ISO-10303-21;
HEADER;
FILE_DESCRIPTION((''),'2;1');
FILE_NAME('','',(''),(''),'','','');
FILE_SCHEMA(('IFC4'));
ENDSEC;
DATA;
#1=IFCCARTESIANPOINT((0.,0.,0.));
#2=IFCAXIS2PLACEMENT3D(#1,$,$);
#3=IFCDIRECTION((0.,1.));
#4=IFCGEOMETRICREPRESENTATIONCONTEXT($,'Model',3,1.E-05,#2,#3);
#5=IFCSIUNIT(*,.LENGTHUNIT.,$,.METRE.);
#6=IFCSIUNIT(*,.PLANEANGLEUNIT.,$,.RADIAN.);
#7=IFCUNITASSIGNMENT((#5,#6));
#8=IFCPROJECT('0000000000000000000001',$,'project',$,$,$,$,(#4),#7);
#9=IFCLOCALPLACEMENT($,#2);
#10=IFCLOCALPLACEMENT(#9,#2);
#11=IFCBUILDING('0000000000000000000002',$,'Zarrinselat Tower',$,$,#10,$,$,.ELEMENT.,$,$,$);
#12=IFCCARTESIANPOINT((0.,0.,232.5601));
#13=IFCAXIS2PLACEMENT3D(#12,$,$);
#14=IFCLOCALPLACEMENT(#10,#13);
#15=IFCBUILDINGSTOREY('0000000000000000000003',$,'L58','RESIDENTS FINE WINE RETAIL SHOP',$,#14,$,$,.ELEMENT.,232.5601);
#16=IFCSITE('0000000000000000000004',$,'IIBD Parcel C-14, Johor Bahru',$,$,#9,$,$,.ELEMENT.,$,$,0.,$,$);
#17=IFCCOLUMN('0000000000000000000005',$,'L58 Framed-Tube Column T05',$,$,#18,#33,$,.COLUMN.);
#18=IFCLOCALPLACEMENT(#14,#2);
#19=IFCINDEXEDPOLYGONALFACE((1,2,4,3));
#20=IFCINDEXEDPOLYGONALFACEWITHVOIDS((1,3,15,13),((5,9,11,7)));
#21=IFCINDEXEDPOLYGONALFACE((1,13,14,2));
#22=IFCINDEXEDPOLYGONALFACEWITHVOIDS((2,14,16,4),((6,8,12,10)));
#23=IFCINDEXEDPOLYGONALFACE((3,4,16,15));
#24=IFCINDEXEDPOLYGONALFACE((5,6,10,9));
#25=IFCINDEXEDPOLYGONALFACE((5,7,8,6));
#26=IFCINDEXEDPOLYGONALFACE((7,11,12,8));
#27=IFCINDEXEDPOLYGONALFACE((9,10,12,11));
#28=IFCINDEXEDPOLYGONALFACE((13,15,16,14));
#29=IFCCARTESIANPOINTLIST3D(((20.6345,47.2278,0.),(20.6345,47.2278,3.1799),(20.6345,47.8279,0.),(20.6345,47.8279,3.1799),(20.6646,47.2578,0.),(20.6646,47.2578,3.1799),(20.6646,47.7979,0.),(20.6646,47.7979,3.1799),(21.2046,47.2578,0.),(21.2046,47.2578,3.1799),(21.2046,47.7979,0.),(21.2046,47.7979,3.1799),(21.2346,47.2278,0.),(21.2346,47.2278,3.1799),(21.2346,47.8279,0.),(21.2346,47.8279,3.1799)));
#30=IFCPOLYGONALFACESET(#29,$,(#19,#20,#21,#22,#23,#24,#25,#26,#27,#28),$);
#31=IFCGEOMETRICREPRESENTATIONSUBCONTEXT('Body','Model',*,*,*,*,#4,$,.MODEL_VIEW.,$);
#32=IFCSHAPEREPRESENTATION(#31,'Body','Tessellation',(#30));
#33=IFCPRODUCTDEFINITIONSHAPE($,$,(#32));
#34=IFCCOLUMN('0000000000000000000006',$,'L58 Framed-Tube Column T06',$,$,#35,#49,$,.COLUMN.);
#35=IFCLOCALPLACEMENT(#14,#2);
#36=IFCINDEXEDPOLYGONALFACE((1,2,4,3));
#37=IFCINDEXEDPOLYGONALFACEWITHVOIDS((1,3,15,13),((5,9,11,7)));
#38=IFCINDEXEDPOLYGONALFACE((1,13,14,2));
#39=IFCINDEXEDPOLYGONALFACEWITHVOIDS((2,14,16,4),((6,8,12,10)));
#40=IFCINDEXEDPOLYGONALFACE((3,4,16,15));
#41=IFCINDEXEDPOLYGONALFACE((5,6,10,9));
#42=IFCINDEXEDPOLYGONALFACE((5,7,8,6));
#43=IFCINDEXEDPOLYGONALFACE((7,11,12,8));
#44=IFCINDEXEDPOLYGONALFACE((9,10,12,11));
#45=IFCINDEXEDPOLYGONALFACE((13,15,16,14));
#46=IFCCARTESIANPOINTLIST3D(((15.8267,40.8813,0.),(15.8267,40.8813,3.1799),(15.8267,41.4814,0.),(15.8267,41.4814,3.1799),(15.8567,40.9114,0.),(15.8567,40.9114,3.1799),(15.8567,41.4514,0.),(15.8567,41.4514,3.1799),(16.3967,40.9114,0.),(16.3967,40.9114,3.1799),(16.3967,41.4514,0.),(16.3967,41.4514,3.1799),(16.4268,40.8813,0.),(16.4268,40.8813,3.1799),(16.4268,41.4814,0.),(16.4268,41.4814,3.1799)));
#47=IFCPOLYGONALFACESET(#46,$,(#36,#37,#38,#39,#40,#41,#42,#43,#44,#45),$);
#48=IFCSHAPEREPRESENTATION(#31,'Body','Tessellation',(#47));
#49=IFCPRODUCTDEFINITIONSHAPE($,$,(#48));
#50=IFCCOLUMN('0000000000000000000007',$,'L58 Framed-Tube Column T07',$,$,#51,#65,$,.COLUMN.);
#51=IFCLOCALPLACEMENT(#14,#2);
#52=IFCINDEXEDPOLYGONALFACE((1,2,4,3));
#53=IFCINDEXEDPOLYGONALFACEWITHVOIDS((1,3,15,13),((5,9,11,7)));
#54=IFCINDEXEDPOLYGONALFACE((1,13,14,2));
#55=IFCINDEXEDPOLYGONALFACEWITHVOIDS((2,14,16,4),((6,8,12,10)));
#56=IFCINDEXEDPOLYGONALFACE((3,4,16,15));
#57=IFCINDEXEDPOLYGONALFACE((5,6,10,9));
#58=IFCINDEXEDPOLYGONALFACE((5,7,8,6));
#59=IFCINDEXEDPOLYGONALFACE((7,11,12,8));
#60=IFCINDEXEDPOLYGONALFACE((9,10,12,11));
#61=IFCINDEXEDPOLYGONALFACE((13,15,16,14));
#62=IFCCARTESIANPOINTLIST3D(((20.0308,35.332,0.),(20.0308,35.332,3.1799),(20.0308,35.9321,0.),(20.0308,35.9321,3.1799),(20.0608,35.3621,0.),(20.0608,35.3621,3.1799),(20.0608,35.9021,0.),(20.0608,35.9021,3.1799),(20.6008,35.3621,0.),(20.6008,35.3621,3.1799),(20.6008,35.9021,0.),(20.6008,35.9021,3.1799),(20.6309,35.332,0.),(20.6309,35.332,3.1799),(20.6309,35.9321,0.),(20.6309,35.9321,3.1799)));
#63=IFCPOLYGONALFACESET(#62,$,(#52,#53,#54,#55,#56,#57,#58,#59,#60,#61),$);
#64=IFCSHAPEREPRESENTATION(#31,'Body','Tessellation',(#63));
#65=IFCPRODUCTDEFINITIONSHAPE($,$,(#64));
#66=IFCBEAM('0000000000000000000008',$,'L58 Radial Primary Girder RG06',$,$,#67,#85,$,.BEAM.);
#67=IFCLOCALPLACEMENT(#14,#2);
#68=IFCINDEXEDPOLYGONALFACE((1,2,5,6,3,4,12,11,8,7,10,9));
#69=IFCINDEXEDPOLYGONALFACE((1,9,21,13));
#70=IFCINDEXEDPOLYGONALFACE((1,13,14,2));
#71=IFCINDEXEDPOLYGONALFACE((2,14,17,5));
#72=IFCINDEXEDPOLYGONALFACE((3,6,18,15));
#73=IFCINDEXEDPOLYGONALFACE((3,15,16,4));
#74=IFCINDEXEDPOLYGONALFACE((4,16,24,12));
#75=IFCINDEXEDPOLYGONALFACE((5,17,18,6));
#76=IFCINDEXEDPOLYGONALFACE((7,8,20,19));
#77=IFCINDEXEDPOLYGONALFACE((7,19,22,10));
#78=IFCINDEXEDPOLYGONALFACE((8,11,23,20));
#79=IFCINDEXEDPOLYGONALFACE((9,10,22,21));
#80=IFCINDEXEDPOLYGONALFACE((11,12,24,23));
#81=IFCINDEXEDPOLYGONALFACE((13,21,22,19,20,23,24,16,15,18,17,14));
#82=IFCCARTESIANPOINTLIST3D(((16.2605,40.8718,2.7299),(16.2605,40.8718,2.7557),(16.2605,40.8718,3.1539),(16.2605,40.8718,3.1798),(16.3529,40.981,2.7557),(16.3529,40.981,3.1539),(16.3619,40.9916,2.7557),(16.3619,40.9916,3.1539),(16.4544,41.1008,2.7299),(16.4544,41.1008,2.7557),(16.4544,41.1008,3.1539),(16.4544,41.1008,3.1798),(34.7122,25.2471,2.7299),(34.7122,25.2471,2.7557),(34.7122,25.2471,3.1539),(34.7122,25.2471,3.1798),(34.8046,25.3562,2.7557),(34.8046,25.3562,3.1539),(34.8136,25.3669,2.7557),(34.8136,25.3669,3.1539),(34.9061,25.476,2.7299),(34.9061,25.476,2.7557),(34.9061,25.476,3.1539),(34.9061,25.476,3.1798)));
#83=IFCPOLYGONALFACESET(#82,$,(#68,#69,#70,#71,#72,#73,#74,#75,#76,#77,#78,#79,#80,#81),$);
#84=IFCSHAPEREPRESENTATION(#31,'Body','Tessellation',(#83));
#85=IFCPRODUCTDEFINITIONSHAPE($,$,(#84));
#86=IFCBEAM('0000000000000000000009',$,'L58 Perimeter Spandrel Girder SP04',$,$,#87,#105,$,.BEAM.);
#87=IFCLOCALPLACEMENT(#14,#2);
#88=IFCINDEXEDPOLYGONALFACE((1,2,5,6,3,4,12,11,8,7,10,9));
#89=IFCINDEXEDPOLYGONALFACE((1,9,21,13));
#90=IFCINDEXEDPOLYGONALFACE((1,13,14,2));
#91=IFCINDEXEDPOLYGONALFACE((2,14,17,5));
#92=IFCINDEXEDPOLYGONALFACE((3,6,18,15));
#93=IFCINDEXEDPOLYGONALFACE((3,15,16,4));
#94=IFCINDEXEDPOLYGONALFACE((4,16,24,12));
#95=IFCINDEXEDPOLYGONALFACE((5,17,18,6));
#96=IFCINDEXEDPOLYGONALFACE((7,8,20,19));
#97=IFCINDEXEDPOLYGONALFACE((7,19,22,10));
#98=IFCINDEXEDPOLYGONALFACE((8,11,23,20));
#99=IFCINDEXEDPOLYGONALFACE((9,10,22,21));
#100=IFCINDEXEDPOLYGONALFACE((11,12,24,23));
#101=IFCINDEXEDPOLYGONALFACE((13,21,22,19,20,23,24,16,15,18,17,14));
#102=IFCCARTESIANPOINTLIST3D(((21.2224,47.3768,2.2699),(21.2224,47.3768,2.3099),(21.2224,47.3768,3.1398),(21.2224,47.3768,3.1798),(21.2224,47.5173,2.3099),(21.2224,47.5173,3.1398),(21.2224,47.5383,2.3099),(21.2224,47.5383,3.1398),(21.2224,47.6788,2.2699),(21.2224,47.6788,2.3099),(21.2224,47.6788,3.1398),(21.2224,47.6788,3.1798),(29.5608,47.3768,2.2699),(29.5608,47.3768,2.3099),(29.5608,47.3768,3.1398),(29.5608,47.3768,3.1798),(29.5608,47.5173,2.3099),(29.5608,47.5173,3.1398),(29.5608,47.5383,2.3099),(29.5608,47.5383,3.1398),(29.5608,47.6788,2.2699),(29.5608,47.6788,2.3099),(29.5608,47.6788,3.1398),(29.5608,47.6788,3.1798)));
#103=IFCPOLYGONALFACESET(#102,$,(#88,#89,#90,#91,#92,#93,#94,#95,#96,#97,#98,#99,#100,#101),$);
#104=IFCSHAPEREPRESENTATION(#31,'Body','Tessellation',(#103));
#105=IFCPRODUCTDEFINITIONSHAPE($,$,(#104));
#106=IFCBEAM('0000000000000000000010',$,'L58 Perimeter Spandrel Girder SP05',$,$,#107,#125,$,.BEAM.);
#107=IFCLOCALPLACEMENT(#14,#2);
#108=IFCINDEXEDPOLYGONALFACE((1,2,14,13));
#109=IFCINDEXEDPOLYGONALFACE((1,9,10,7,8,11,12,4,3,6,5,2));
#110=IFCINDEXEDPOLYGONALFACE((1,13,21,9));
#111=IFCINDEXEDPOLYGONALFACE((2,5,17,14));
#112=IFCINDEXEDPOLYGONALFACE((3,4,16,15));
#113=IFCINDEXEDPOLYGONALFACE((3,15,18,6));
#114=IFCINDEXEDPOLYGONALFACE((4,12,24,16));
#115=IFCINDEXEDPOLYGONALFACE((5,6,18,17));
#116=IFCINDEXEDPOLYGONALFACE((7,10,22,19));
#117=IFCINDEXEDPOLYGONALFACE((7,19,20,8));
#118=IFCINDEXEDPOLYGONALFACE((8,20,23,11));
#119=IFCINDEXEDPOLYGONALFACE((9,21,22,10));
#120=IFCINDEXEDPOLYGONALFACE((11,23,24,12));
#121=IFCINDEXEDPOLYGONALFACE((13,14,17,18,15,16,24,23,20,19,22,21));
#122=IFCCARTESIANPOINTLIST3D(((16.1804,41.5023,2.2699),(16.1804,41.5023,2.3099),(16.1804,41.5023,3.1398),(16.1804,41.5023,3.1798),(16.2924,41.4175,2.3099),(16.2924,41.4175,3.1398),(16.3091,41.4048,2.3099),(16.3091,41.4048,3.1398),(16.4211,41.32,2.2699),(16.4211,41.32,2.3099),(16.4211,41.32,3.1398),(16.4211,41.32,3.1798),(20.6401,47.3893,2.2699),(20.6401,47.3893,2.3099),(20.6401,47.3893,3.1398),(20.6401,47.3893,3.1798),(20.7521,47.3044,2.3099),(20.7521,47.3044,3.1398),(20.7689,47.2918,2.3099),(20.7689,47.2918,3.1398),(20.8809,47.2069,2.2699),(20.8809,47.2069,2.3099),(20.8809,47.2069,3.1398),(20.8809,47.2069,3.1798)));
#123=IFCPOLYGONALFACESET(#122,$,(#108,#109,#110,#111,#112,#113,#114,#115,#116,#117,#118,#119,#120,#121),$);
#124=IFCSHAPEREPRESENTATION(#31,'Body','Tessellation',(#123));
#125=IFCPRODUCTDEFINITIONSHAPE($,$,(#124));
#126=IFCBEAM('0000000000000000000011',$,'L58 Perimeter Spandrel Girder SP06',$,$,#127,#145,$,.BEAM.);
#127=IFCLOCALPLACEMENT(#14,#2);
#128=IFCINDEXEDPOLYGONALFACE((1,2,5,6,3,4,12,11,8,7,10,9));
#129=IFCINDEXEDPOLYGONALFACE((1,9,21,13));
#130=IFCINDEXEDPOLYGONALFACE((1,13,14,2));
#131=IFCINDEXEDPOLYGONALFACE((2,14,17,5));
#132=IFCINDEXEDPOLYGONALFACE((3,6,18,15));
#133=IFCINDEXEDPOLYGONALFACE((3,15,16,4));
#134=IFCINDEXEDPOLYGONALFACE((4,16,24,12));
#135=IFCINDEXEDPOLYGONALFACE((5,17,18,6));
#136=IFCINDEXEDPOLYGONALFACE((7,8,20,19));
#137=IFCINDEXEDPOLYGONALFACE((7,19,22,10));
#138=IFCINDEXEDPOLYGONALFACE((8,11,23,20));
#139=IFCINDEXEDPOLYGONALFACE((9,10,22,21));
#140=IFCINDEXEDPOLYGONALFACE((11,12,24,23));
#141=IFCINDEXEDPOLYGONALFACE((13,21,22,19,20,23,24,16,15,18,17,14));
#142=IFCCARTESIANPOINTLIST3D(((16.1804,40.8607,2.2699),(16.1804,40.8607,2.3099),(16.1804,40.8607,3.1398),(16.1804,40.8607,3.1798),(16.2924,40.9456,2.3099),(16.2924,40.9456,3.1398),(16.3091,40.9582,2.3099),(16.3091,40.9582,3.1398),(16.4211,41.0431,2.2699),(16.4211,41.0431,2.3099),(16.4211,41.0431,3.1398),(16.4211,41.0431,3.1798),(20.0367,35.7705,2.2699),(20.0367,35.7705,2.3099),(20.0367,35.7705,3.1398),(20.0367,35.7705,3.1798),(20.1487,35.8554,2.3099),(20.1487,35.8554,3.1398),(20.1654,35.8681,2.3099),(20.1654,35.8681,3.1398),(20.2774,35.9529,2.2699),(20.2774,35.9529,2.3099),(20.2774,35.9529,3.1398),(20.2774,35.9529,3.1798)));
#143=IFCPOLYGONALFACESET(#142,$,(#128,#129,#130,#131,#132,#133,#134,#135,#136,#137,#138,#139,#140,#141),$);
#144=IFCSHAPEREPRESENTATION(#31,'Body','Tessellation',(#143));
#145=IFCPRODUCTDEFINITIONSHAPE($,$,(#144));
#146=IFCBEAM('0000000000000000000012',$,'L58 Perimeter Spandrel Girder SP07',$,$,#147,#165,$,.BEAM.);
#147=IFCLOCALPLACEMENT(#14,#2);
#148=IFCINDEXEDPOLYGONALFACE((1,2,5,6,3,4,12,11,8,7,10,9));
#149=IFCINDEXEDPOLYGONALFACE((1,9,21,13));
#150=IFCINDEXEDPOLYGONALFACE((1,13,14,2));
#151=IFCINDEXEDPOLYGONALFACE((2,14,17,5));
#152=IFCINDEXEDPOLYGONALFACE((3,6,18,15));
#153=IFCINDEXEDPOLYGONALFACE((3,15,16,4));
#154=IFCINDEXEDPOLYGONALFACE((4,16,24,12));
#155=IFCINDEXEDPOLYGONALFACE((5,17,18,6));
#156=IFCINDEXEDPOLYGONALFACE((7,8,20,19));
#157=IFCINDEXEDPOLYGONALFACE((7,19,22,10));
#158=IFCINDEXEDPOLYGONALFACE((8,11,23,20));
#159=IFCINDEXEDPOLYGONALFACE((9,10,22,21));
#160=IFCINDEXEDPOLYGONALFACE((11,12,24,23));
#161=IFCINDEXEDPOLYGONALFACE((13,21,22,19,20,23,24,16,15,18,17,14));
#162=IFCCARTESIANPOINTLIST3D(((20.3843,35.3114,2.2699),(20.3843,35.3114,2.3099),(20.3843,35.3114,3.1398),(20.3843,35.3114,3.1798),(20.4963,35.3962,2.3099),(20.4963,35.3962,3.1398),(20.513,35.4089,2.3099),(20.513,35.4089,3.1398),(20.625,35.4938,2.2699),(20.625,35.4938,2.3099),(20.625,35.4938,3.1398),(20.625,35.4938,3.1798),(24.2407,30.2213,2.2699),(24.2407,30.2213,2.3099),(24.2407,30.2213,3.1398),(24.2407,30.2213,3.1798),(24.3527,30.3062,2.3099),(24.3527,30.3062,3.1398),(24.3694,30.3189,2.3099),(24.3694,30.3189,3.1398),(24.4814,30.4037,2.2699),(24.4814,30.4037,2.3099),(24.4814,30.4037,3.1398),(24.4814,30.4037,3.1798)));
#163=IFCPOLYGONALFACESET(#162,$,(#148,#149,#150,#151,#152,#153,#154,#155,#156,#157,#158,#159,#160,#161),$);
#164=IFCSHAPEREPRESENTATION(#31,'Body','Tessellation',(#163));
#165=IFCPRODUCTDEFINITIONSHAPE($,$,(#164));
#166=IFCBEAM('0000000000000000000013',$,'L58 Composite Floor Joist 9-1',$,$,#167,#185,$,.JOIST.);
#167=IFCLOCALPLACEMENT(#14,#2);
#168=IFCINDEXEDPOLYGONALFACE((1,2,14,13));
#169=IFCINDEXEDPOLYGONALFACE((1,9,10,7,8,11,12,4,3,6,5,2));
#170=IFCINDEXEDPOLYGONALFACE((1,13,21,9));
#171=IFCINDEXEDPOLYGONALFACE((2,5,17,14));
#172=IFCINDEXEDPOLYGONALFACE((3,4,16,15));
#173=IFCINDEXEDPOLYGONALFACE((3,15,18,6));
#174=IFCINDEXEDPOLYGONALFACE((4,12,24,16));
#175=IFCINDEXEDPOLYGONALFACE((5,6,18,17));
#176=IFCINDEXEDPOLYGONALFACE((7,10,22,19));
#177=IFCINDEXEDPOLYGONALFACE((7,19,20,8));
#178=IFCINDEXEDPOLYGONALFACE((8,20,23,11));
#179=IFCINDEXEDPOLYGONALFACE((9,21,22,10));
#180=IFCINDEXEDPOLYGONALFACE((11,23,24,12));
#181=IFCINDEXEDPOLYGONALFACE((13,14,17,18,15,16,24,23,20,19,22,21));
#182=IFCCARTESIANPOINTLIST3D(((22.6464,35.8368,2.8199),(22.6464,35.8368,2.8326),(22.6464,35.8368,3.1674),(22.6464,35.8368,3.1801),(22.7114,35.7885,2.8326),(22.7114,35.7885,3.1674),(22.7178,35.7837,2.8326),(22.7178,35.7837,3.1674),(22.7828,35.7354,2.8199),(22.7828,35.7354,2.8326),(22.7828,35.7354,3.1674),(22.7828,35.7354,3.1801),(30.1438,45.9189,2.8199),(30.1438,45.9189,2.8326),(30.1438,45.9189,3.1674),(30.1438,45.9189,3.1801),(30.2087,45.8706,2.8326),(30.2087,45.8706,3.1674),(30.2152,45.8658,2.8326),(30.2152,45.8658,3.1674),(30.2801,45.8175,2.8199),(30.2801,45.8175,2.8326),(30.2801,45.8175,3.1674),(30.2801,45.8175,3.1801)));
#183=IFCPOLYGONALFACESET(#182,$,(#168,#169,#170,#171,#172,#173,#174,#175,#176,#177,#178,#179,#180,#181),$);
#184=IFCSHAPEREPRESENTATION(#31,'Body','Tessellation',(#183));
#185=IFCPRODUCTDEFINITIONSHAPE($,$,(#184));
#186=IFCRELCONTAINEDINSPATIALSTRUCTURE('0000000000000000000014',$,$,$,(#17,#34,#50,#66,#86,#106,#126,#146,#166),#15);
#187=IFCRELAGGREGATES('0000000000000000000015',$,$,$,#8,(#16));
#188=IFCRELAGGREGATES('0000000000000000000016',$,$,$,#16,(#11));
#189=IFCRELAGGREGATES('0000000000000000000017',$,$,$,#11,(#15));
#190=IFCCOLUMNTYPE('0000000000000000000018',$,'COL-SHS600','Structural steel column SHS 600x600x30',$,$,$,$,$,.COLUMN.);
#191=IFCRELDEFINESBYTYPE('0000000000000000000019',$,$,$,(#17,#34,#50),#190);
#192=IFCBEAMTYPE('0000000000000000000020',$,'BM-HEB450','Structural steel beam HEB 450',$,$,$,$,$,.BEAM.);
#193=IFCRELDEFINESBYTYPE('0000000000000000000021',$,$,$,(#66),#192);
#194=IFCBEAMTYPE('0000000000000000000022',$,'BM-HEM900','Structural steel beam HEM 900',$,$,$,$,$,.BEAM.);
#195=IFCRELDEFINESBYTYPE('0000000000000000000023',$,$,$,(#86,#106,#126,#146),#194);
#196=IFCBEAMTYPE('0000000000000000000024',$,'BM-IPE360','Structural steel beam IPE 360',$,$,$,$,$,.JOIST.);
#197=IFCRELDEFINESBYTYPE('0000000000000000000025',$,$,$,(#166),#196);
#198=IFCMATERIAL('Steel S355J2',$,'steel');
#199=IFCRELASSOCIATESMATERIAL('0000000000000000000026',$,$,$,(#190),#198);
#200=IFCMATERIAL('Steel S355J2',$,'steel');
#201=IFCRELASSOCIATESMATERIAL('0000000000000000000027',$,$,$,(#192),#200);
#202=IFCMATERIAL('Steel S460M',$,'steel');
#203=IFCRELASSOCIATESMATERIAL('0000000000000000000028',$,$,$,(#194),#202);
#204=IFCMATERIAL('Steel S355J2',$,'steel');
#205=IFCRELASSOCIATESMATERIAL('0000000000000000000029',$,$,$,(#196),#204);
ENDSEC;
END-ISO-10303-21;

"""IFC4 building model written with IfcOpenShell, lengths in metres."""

from ifc_helpers import new_model, si_unit, direction, frame, origin, origin_2d, place, context, subcontext, project, spatial, hollow_rectangle, i_section, extrude, material, material_profile, profile_set, type_object, element, save


model = new_model("IFC4")

# Units and contexts
model_context = context("Model", 3, precision=1e-05, world=origin(), true_north=direction((0.0, 1.0)))
body_context = subcontext(model_context, "Body", "Model", "MODEL_VIEW")
ifc_project = project(units=[si_unit("LENGTHUNIT", "METRE"), si_unit("PLANEANGLEUNIT", "RADIAN")], contexts=[model_context])

# Site, building, storey
site_placement = place(None, origin())
site = spatial("IfcSite", under=ifc_project, at=site_placement, Name="IIBD Parcel C-14, Johor Bahru", CompositionType="ELEMENT", RefElevation=0.0)
building_placement = place(site_placement, origin())
building = spatial("IfcBuilding", under=site, at=building_placement, Name="Zarrinselat Tower", CompositionType="ELEMENT")
storey_placement = place(building_placement, frame((0.0, 0.0, 232.5601)))
storey = spatial("IfcBuildingStorey", under=building, at=storey_placement, Name="L58", Description="RESIDENTS FINE WINE RETAIL SHOP", CompositionType="ELEMENT", Elevation=232.5601)

# Columns
ifc_material_1 = material(Name="Steel S355J2", Category="steel")
ifc_material_profile_1 = material_profile(ifc_material_1, hollow_rectangle(XDim=0.6001, YDim=0.6001, WallThickness=0.03, at=origin_2d()), Name="SHS 600x600x30")
ifc_profile_set_1 = profile_set([ifc_material_profile_1], Name="Steel S355J2")
column_type = type_object("IfcColumnType", Name="COL-SHS600", Description="Structural steel column SHS 600x600x30", PredefinedType="COLUMN", material=ifc_profile_set_1)
for number, where, z_axis, x_axis, name in (
    (1, (20.9346, 47.5278, 0.0), (0.0, 0.0, 1.0), (1.0, 0.0, 0.0), "L58 Framed-Tube Column T05"),
    (2, (16.1267, 41.1814, 0.0), (0.0, 0.0, 1.0), (1.0, 0.0, 0.0), "L58 Framed-Tube Column T06"),
    (3, (20.3308, 35.6321, 0.0), (0.0, 0.0, 1.0), (1.0, 0.0, 0.0), "L58 Framed-Tube Column T07"),
):
    element("IfcColumn", number, at=place(storey_placement, frame(where, z_axis=z_axis, x_axis=x_axis)), inside=storey, type_object=column_type, Name=name, PredefinedType="COLUMN", context=body_context, shape_type="SweptSolid", body=[
        extrude(hollow_rectangle(XDim=0.6001, YDim=0.6001, WallThickness=0.03, at=origin_2d()), origin(), (0.0, 0.0, 1.0), 3.1799),
    ])

# Beams
ifc_material_2 = material(Name="Steel S355J2", Category="steel")
ifc_material_profile_2 = material_profile(ifc_material_2, i_section(OverallWidth=0.3, OverallDepth=0.45, WebThickness=0.0139, FlangeThickness=0.0259, at=origin_2d()), Name="HEB 450")
ifc_profile_set_2 = profile_set([ifc_material_profile_2], Name="Steel S355J2")
beam_type_1 = type_object("IfcBeamType", Name="BM-HEB450", Description="Structural steel beam HEB 450", PredefinedType="BEAM", material=ifc_profile_set_2)
beam_1_placement = place(storey_placement, frame((16.3574, 40.9863, 2.9548), z_axis=(0.763145, -0.646227, 0.0), x_axis=(0.646227, 0.763145, 0.0)))
element("IfcBeam", 4, at=beam_1_placement, inside=storey, type_object=beam_type_1, Name="L58 Radial Primary Girder RG06", PredefinedType="BEAM", context=body_context, shape_type="SweptSolid", body=[
    extrude(i_section(OverallWidth=0.3, OverallDepth=0.45, WebThickness=0.0139, FlangeThickness=0.0259, at=origin_2d()), origin(), (0.0, 0.0, 1.0), 24.1785),
])
ifc_material_3 = material(Name="Steel S460M", Category="steel")
ifc_material_profile_3 = material_profile(ifc_material_3, i_section(OverallWidth=0.302, OverallDepth=0.9099, WebThickness=0.021, FlangeThickness=0.04, at=origin_2d()), Name="HEM 900")
ifc_profile_set_3 = profile_set([ifc_material_profile_3], Name="Steel S460M")
beam_type_2 = type_object("IfcBeamType", Name="BM-HEM900", Description="Structural steel beam HEM 900", PredefinedType="BEAM", material=ifc_profile_set_3)
beam_2_placement = place(storey_placement, frame((21.2224, 47.5278, 2.7249), z_axis=(1.0, 0.0, 0.0), x_axis=(0.0, 1.0, 0.0)))
element("IfcBeam", 5, at=beam_2_placement, inside=storey, type_object=beam_type_2, Name="L58 Perimeter Spandrel Girder SP04", PredefinedType="BEAM", context=body_context, shape_type="SweptSolid", body=[
    extrude(i_section(OverallWidth=0.302, OverallDepth=0.9099, WebThickness=0.021, FlangeThickness=0.04, at=origin_2d()), origin(), (0.0, 0.0, 1.0), 8.3384),
])
beam_3_placement = place(storey_placement, frame((16.3008, 41.4111, 2.7249), z_axis=(0.603849, 0.797099, 0.0), x_axis=(-0.797099, 0.603849, 0.0)))
element("IfcBeam", 6, at=beam_3_placement, inside=storey, type_object=beam_type_2, Name="L58 Perimeter Spandrel Girder SP05", PredefinedType="BEAM", context=body_context, shape_type="SweptSolid", body=[
    extrude(i_section(OverallWidth=0.302, OverallDepth=0.9099, WebThickness=0.021, FlangeThickness=0.04, at=origin_2d()), origin(), (0.0, 0.0, 1.0), 7.3855),
])
for number, where, z_axis, x_axis, name in (
    (7, (16.3008, 40.9519, 2.7249), (0.603865, -0.797087, 0.0), (0.797087, 0.603865, 0.0), "L58 Perimeter Spandrel Girder SP06"),
    (8, (20.5046, 35.4026, 2.7249), (0.603889, -0.797068, 0.0), (0.797068, 0.603889, 0.0), "L58 Perimeter Spandrel Girder SP07"),
):
    element("IfcBeam", number, at=place(storey_placement, frame(where, z_axis=z_axis, x_axis=x_axis)), inside=storey, type_object=beam_type_2, Name=name, PredefinedType="BEAM", context=body_context, shape_type="SweptSolid", body=[
        extrude(i_section(OverallWidth=0.302, OverallDepth=0.9099, WebThickness=0.021, FlangeThickness=0.04, at=origin_2d()), origin(), (0.0, 0.0, 1.0), 6.386),
    ])
ifc_material_4 = material(Name="Steel S355J2", Category="steel")
ifc_material_profile_4 = material_profile(ifc_material_4, i_section(OverallWidth=0.1699, OverallDepth=0.3601, WebThickness=0.0081, FlangeThickness=0.0127, at=origin_2d()), Name="IPE 360")
ifc_profile_set_4 = profile_set([ifc_material_profile_4], Name="Steel S355J2")
beam_type_3 = type_object("IfcBeamType", Name="BM-IPE360", Description="Structural steel beam IPE 360", PredefinedType="JOIST", material=ifc_profile_set_4)
beam_4_placement = place(storey_placement, frame((22.7146, 35.7861, 3.0), z_axis=(0.596724, 0.802446, 0.0), x_axis=(-0.802446, 0.596724, 0.0)))
element("IfcBeam", 9, at=beam_4_placement, inside=storey, type_object=beam_type_3, Name="L58 Composite Floor Joist 9-1", PredefinedType="JOIST", context=body_context, shape_type="SweptSolid", body=[
    extrude(i_section(OverallWidth=0.1699, OverallDepth=0.3601, WebThickness=0.0081, FlangeThickness=0.0127, at=origin_2d()), origin(), (0.0, 0.0, 1.0), 12.5642),
])

save(model, "model.ifc")
